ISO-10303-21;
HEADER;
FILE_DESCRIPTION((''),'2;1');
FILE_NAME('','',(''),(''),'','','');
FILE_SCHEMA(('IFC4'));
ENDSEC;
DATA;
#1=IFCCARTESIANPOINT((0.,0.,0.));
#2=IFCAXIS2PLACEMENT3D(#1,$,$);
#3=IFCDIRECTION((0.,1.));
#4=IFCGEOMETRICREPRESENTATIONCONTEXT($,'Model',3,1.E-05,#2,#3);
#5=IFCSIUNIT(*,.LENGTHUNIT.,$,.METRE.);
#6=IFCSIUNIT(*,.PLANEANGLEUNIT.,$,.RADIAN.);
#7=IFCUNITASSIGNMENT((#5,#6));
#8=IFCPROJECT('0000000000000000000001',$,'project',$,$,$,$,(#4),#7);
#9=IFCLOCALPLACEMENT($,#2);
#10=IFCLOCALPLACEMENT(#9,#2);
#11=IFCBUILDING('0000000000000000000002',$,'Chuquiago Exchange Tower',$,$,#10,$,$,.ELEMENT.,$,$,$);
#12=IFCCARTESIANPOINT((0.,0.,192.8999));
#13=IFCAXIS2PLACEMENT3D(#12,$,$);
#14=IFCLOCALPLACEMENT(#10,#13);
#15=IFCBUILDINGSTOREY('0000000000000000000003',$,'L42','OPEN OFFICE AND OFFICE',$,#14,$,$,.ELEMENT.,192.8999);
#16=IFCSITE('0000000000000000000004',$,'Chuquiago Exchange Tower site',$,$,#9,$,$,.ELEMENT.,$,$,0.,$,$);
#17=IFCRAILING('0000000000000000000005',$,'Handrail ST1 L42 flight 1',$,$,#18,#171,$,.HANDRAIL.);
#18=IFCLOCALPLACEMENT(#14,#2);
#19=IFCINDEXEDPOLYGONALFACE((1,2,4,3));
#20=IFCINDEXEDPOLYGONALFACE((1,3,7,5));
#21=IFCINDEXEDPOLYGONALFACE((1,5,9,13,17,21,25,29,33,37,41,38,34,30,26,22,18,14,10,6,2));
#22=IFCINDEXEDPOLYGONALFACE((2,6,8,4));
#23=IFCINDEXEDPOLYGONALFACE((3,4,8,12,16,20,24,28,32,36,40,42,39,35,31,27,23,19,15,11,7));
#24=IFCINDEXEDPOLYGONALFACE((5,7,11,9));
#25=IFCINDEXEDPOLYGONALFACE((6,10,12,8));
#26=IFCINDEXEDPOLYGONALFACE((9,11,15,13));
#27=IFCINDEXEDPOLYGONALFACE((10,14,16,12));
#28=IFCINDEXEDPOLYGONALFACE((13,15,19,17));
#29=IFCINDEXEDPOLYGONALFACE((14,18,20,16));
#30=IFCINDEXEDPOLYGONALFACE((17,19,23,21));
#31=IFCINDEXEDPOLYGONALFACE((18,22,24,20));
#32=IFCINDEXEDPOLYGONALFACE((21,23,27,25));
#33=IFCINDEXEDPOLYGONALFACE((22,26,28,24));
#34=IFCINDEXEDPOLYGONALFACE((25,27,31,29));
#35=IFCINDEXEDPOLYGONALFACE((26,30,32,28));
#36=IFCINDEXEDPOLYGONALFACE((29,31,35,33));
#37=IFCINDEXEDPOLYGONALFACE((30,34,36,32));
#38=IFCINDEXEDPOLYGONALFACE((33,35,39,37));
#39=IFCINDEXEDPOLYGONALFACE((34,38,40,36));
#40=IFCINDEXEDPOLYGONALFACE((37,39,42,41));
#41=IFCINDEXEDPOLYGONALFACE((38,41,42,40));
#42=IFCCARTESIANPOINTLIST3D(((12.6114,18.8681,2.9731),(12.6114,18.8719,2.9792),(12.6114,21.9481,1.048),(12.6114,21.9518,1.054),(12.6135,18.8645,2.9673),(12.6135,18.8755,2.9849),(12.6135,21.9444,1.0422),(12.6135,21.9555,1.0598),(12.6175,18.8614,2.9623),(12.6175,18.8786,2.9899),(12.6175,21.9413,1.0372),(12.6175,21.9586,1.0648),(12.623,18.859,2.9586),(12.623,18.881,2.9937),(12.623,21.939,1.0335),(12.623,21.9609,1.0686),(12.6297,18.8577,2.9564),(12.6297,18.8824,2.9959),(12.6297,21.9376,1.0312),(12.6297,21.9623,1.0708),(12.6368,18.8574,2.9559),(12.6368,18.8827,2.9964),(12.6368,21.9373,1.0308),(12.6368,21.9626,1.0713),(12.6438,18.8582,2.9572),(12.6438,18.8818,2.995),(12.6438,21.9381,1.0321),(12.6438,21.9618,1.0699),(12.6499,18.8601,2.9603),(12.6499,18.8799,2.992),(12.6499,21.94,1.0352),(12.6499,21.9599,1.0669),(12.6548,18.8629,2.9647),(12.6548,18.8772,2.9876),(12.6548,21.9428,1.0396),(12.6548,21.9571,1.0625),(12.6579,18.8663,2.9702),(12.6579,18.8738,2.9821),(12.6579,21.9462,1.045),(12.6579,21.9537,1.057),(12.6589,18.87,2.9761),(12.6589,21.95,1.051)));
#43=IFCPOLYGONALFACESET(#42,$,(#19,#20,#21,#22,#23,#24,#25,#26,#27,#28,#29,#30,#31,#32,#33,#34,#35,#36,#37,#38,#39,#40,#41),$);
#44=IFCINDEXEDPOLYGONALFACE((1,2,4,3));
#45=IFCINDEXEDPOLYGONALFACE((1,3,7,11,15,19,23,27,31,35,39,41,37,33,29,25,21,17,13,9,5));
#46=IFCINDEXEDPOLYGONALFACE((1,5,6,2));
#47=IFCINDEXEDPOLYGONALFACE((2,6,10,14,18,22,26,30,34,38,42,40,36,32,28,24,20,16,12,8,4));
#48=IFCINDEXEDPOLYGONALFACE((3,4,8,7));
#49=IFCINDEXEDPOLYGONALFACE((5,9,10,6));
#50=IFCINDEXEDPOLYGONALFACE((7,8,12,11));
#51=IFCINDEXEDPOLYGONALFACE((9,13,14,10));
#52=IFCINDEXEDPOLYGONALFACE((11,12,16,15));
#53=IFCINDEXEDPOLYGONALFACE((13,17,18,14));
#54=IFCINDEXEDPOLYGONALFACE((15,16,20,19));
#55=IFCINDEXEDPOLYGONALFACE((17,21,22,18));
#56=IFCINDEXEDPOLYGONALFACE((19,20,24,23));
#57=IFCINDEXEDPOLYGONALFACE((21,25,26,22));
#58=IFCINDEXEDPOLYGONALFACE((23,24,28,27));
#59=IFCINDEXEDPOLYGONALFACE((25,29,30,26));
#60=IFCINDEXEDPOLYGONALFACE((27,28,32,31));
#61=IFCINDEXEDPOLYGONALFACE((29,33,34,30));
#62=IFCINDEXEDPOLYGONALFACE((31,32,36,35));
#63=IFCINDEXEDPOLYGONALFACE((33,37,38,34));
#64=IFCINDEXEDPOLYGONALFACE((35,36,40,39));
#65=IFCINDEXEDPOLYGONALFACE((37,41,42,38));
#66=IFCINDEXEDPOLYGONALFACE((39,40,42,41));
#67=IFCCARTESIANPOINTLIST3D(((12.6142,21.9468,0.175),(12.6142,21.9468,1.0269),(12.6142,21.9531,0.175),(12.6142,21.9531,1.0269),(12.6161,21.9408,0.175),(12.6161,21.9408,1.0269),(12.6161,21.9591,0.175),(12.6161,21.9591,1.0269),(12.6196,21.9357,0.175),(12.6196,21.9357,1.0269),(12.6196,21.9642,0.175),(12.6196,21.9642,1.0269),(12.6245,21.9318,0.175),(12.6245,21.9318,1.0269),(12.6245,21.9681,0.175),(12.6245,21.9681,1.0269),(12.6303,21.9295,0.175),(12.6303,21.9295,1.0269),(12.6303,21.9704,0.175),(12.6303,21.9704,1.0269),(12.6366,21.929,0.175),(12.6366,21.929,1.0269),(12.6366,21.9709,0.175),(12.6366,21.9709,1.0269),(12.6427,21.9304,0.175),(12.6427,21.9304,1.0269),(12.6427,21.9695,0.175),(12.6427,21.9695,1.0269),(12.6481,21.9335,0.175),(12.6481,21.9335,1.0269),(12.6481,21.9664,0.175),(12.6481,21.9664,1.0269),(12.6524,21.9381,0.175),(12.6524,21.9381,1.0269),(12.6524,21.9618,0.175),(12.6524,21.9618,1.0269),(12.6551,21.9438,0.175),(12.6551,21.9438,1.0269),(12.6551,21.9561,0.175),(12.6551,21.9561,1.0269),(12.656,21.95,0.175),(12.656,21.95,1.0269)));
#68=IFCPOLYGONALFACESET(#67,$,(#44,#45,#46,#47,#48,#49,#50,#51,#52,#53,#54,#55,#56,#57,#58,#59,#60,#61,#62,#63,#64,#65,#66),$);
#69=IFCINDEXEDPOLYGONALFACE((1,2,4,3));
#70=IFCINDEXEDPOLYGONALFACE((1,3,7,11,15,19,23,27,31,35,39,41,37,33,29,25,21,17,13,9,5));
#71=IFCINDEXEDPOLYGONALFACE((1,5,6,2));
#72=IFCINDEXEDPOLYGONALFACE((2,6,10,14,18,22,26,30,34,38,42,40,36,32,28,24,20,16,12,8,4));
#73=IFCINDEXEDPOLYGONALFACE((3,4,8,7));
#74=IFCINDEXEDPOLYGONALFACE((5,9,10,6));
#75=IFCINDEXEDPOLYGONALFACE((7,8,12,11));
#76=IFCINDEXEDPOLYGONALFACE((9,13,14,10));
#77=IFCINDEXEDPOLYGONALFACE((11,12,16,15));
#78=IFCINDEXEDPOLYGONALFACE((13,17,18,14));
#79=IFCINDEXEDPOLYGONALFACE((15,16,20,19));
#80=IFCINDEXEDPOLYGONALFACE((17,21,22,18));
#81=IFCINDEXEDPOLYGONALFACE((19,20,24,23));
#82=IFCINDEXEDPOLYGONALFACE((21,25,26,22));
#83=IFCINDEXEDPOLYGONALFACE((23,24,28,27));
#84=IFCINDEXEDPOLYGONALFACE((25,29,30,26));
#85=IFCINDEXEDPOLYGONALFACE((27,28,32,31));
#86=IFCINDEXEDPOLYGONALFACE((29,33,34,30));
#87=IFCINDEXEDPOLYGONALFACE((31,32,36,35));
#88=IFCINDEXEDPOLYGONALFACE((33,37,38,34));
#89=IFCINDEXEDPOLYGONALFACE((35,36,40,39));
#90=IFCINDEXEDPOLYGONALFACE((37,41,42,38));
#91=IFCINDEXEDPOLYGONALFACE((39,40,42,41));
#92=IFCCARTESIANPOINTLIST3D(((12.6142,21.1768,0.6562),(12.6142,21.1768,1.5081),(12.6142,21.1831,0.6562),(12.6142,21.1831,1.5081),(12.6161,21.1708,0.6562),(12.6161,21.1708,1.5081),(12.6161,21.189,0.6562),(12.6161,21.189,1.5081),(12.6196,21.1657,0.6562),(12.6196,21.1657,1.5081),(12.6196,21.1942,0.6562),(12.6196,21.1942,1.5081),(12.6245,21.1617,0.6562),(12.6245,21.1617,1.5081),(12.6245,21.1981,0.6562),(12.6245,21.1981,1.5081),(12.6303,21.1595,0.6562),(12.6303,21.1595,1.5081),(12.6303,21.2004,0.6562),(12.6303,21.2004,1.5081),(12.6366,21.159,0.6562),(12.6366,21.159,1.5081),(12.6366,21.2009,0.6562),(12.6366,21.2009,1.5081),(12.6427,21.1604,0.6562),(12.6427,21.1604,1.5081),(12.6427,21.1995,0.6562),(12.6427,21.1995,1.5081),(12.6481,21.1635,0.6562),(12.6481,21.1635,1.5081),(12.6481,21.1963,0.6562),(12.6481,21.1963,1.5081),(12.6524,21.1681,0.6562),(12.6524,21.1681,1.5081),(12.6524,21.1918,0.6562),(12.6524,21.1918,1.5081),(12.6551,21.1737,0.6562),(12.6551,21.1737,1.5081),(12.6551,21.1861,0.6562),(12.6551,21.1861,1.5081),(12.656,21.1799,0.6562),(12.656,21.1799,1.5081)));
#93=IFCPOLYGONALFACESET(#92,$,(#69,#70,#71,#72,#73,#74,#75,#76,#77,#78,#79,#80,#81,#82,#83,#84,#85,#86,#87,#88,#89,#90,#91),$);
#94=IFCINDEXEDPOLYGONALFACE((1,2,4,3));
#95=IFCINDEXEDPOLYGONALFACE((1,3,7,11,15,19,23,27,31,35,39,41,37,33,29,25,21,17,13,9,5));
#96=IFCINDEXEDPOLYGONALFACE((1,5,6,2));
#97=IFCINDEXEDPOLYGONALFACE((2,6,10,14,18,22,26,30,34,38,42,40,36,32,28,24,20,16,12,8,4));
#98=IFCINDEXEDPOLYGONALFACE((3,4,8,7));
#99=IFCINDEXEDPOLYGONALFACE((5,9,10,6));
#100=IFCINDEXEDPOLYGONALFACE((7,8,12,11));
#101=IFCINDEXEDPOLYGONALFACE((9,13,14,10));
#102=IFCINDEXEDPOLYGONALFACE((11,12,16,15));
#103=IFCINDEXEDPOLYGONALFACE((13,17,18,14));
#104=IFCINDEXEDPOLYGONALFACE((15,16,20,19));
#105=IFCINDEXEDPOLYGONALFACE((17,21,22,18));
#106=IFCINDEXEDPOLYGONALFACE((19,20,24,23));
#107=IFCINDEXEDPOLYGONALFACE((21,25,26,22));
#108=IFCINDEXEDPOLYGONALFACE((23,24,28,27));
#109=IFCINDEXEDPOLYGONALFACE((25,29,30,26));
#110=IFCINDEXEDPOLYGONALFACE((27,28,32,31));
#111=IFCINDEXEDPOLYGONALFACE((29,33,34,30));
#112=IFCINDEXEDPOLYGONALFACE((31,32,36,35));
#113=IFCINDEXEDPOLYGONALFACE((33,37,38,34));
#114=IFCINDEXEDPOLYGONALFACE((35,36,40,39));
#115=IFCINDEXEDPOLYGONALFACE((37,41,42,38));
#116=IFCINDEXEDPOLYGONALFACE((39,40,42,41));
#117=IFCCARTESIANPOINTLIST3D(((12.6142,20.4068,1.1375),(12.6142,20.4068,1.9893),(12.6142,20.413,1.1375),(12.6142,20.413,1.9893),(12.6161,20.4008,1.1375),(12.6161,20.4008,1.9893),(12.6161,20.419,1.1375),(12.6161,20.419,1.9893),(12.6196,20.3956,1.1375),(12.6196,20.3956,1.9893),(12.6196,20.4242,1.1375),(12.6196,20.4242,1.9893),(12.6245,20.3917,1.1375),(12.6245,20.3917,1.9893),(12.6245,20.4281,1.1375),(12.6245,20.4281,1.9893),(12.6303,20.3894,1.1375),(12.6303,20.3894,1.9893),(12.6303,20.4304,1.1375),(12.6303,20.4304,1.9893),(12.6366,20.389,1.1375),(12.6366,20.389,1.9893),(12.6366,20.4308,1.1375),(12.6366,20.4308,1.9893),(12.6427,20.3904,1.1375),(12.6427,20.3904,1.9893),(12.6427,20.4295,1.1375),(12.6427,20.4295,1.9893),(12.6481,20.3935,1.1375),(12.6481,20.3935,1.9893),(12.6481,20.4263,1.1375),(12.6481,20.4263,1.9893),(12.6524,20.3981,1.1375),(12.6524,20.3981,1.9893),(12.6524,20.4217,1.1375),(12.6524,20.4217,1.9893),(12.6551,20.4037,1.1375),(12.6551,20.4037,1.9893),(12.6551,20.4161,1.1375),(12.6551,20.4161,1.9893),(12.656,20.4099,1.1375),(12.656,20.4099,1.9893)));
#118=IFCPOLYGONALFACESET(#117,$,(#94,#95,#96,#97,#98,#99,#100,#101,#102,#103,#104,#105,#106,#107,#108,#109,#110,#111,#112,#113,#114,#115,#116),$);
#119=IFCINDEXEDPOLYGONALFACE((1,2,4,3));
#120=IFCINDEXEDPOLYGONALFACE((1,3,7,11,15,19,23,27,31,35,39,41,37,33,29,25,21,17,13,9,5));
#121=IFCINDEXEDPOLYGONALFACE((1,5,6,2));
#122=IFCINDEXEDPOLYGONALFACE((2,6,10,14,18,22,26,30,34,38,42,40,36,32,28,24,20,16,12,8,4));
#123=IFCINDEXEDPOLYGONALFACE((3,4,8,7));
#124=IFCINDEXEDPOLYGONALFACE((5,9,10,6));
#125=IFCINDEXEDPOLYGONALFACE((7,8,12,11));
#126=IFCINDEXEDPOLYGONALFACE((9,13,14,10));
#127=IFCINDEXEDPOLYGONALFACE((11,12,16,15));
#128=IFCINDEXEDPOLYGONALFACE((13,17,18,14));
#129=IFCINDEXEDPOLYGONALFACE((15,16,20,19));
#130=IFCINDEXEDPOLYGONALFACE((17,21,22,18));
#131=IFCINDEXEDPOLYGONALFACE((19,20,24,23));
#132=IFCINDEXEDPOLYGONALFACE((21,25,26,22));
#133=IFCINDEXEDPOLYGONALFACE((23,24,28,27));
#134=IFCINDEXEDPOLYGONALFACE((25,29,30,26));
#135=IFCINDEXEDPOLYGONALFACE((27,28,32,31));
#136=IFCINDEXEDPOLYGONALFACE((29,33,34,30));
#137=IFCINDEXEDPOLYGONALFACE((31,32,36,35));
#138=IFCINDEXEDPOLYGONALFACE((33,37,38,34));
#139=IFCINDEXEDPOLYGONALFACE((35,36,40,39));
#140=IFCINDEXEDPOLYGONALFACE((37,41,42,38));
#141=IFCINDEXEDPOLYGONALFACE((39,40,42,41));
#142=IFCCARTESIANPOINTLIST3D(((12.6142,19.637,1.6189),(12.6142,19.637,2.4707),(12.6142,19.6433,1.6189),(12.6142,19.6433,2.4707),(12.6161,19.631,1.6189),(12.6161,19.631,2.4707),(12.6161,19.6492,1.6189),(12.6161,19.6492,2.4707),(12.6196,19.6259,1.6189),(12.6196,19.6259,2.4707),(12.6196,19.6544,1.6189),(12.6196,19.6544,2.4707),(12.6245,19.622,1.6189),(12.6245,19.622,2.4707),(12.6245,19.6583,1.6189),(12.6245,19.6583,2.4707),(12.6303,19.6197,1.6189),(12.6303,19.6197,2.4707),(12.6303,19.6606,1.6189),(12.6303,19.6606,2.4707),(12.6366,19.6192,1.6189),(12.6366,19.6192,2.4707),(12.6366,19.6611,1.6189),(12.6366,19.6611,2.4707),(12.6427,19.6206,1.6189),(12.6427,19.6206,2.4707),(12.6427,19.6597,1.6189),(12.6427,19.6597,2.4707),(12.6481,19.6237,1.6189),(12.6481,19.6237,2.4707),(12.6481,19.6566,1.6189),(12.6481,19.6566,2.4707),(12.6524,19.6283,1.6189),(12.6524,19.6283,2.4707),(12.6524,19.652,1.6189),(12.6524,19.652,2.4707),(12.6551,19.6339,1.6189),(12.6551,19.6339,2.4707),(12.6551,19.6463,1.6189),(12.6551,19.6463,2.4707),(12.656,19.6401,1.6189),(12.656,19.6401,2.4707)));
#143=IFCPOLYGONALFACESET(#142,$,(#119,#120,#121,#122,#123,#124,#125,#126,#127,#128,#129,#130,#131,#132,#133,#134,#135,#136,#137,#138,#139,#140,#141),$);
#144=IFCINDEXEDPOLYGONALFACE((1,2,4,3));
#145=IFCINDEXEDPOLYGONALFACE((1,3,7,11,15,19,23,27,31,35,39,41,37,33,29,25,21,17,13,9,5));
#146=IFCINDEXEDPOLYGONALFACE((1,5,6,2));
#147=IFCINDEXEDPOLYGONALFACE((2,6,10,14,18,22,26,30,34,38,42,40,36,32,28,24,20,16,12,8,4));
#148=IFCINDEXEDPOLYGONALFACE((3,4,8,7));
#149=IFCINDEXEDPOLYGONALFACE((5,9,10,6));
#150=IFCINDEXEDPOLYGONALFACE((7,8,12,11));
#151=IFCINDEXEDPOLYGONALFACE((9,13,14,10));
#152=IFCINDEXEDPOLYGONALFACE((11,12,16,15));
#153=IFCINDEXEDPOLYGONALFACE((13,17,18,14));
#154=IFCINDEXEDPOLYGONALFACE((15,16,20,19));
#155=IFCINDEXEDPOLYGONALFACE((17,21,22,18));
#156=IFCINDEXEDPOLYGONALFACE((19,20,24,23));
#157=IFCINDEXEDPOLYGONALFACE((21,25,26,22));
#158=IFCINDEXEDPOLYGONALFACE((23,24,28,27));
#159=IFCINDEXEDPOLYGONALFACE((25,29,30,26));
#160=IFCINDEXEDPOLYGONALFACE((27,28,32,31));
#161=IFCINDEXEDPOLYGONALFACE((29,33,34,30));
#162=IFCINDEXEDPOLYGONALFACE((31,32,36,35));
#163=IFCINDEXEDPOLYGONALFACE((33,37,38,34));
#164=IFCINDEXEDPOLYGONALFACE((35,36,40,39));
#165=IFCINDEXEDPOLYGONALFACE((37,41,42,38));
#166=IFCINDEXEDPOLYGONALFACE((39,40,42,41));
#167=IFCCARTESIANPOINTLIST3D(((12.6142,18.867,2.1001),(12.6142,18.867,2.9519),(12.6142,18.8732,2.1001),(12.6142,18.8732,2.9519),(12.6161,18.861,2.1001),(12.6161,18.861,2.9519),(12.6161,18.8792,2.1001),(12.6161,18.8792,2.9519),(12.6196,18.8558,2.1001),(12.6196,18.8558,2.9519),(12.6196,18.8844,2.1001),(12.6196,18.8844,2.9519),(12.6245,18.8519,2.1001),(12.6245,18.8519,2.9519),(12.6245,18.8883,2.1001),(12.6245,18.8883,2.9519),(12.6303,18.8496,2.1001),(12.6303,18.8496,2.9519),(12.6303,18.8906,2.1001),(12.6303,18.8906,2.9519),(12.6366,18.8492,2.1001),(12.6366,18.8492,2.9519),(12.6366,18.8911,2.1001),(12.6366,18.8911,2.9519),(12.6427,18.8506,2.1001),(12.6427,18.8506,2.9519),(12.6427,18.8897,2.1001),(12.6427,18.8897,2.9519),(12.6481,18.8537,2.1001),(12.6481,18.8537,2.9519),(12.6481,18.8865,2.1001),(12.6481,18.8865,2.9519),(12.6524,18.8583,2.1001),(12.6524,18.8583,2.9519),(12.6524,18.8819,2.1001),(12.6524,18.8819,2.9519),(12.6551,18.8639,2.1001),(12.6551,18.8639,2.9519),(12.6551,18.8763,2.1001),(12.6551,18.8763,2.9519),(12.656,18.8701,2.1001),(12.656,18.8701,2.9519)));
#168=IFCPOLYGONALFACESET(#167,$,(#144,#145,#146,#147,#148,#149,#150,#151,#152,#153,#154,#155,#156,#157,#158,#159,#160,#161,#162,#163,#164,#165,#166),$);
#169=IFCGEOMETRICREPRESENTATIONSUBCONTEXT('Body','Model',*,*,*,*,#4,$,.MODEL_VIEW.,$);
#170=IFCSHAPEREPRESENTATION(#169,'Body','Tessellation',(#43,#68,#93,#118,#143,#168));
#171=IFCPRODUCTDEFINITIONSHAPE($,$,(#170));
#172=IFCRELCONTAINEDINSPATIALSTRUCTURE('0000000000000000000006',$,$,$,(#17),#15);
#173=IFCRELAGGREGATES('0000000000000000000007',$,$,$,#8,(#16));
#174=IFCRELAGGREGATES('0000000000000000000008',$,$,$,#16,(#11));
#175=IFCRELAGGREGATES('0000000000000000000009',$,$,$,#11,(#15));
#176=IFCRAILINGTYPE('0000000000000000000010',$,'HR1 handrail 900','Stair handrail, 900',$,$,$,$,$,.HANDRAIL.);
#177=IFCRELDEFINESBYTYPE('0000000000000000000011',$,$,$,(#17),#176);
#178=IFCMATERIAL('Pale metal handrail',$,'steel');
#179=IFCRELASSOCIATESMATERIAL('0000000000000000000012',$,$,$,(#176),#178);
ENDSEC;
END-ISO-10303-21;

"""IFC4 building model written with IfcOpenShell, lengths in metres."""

from ifc_helpers import new_model, si_unit, direction, frame, origin, origin_2d, place, context, subcontext, project, spatial, circle, extrude, material, type_object, element, save


model = new_model("IFC4")

# Units and contexts
model_context = context("Model", 3, precision=1e-05, world=origin(), true_north=direction((0.0, 1.0)))
body_context = subcontext(model_context, "Body", "Model", "MODEL_VIEW")
ifc_project = project(units=[si_unit("LENGTHUNIT", "METRE"), si_unit("PLANEANGLEUNIT", "RADIAN")], contexts=[model_context])

# Site, building, storey
site_placement = place(None, origin())
site = spatial("IfcSite", under=ifc_project, at=site_placement, Name="Chuquiago Exchange Tower site", CompositionType="ELEMENT", RefElevation=0.0)
building_placement = place(site_placement, origin())
building = spatial("IfcBuilding", under=site, at=building_placement, Name="Chuquiago Exchange Tower", CompositionType="ELEMENT")
storey_placement = place(building_placement, frame((0.0, 0.0, 192.8999)))
storey = spatial("IfcBuildingStorey", under=building, at=storey_placement, Name="L42", Description="OPEN OFFICE AND OFFICE", CompositionType="ELEMENT", Elevation=192.8999)

# Railing
ifc_material_1 = material(Name="Pale metal handrail", Category="steel")
railing_type_1 = type_object("IfcRailingType", Name="HR1 handrail 900", Description="Stair handrail, 900", PredefinedType="HANDRAIL", material=ifc_material_1)
for number, where, name in (
    (1, (12.635, 21.95, 0.175), "Handrail ST1 L42 flight 1"),
):
    element("IfcRailing", number, at=place(storey_placement, frame(where)), inside=storey, type_object=railing_type_1, Name=name, PredefinedType="HANDRAIL", context=body_context, shape_type="SweptSolid", body=[
        extrude(circle(Radius=0.0239, at=origin_2d()), frame((0.0, 0.0, 0.876), z_axis=(0.0, -0.847979, 0.530029), x_axis=(1.0, 0.0, 0.0)), (0.0, 0.0, 1.0), 3.6321),
        extrude(circle(Radius=0.021, at=origin_2d()), origin(), (0.0, 0.0, 1.0), 0.8518),
        extrude(circle(Radius=0.021, at=origin_2d()), frame((0.0, -0.77, 0.4812)), (0.0, 0.0, 1.0), 0.8518),
        extrude(circle(Radius=0.021, at=origin_2d()), frame((0.0, -1.54, 0.9624)), (0.0, 0.0, 1.0), 0.8518),
        extrude(circle(Radius=0.021, at=origin_2d()), frame((0.0, -2.3098, 1.4438)), (0.0, 0.0, 1.0), 0.8518),
        extrude(circle(Radius=0.021, at=origin_2d()), frame((0.0, -3.0798, 1.925)), (0.0, 0.0, 1.0), 0.8518),
    ])

save(model, "model.ifc")
